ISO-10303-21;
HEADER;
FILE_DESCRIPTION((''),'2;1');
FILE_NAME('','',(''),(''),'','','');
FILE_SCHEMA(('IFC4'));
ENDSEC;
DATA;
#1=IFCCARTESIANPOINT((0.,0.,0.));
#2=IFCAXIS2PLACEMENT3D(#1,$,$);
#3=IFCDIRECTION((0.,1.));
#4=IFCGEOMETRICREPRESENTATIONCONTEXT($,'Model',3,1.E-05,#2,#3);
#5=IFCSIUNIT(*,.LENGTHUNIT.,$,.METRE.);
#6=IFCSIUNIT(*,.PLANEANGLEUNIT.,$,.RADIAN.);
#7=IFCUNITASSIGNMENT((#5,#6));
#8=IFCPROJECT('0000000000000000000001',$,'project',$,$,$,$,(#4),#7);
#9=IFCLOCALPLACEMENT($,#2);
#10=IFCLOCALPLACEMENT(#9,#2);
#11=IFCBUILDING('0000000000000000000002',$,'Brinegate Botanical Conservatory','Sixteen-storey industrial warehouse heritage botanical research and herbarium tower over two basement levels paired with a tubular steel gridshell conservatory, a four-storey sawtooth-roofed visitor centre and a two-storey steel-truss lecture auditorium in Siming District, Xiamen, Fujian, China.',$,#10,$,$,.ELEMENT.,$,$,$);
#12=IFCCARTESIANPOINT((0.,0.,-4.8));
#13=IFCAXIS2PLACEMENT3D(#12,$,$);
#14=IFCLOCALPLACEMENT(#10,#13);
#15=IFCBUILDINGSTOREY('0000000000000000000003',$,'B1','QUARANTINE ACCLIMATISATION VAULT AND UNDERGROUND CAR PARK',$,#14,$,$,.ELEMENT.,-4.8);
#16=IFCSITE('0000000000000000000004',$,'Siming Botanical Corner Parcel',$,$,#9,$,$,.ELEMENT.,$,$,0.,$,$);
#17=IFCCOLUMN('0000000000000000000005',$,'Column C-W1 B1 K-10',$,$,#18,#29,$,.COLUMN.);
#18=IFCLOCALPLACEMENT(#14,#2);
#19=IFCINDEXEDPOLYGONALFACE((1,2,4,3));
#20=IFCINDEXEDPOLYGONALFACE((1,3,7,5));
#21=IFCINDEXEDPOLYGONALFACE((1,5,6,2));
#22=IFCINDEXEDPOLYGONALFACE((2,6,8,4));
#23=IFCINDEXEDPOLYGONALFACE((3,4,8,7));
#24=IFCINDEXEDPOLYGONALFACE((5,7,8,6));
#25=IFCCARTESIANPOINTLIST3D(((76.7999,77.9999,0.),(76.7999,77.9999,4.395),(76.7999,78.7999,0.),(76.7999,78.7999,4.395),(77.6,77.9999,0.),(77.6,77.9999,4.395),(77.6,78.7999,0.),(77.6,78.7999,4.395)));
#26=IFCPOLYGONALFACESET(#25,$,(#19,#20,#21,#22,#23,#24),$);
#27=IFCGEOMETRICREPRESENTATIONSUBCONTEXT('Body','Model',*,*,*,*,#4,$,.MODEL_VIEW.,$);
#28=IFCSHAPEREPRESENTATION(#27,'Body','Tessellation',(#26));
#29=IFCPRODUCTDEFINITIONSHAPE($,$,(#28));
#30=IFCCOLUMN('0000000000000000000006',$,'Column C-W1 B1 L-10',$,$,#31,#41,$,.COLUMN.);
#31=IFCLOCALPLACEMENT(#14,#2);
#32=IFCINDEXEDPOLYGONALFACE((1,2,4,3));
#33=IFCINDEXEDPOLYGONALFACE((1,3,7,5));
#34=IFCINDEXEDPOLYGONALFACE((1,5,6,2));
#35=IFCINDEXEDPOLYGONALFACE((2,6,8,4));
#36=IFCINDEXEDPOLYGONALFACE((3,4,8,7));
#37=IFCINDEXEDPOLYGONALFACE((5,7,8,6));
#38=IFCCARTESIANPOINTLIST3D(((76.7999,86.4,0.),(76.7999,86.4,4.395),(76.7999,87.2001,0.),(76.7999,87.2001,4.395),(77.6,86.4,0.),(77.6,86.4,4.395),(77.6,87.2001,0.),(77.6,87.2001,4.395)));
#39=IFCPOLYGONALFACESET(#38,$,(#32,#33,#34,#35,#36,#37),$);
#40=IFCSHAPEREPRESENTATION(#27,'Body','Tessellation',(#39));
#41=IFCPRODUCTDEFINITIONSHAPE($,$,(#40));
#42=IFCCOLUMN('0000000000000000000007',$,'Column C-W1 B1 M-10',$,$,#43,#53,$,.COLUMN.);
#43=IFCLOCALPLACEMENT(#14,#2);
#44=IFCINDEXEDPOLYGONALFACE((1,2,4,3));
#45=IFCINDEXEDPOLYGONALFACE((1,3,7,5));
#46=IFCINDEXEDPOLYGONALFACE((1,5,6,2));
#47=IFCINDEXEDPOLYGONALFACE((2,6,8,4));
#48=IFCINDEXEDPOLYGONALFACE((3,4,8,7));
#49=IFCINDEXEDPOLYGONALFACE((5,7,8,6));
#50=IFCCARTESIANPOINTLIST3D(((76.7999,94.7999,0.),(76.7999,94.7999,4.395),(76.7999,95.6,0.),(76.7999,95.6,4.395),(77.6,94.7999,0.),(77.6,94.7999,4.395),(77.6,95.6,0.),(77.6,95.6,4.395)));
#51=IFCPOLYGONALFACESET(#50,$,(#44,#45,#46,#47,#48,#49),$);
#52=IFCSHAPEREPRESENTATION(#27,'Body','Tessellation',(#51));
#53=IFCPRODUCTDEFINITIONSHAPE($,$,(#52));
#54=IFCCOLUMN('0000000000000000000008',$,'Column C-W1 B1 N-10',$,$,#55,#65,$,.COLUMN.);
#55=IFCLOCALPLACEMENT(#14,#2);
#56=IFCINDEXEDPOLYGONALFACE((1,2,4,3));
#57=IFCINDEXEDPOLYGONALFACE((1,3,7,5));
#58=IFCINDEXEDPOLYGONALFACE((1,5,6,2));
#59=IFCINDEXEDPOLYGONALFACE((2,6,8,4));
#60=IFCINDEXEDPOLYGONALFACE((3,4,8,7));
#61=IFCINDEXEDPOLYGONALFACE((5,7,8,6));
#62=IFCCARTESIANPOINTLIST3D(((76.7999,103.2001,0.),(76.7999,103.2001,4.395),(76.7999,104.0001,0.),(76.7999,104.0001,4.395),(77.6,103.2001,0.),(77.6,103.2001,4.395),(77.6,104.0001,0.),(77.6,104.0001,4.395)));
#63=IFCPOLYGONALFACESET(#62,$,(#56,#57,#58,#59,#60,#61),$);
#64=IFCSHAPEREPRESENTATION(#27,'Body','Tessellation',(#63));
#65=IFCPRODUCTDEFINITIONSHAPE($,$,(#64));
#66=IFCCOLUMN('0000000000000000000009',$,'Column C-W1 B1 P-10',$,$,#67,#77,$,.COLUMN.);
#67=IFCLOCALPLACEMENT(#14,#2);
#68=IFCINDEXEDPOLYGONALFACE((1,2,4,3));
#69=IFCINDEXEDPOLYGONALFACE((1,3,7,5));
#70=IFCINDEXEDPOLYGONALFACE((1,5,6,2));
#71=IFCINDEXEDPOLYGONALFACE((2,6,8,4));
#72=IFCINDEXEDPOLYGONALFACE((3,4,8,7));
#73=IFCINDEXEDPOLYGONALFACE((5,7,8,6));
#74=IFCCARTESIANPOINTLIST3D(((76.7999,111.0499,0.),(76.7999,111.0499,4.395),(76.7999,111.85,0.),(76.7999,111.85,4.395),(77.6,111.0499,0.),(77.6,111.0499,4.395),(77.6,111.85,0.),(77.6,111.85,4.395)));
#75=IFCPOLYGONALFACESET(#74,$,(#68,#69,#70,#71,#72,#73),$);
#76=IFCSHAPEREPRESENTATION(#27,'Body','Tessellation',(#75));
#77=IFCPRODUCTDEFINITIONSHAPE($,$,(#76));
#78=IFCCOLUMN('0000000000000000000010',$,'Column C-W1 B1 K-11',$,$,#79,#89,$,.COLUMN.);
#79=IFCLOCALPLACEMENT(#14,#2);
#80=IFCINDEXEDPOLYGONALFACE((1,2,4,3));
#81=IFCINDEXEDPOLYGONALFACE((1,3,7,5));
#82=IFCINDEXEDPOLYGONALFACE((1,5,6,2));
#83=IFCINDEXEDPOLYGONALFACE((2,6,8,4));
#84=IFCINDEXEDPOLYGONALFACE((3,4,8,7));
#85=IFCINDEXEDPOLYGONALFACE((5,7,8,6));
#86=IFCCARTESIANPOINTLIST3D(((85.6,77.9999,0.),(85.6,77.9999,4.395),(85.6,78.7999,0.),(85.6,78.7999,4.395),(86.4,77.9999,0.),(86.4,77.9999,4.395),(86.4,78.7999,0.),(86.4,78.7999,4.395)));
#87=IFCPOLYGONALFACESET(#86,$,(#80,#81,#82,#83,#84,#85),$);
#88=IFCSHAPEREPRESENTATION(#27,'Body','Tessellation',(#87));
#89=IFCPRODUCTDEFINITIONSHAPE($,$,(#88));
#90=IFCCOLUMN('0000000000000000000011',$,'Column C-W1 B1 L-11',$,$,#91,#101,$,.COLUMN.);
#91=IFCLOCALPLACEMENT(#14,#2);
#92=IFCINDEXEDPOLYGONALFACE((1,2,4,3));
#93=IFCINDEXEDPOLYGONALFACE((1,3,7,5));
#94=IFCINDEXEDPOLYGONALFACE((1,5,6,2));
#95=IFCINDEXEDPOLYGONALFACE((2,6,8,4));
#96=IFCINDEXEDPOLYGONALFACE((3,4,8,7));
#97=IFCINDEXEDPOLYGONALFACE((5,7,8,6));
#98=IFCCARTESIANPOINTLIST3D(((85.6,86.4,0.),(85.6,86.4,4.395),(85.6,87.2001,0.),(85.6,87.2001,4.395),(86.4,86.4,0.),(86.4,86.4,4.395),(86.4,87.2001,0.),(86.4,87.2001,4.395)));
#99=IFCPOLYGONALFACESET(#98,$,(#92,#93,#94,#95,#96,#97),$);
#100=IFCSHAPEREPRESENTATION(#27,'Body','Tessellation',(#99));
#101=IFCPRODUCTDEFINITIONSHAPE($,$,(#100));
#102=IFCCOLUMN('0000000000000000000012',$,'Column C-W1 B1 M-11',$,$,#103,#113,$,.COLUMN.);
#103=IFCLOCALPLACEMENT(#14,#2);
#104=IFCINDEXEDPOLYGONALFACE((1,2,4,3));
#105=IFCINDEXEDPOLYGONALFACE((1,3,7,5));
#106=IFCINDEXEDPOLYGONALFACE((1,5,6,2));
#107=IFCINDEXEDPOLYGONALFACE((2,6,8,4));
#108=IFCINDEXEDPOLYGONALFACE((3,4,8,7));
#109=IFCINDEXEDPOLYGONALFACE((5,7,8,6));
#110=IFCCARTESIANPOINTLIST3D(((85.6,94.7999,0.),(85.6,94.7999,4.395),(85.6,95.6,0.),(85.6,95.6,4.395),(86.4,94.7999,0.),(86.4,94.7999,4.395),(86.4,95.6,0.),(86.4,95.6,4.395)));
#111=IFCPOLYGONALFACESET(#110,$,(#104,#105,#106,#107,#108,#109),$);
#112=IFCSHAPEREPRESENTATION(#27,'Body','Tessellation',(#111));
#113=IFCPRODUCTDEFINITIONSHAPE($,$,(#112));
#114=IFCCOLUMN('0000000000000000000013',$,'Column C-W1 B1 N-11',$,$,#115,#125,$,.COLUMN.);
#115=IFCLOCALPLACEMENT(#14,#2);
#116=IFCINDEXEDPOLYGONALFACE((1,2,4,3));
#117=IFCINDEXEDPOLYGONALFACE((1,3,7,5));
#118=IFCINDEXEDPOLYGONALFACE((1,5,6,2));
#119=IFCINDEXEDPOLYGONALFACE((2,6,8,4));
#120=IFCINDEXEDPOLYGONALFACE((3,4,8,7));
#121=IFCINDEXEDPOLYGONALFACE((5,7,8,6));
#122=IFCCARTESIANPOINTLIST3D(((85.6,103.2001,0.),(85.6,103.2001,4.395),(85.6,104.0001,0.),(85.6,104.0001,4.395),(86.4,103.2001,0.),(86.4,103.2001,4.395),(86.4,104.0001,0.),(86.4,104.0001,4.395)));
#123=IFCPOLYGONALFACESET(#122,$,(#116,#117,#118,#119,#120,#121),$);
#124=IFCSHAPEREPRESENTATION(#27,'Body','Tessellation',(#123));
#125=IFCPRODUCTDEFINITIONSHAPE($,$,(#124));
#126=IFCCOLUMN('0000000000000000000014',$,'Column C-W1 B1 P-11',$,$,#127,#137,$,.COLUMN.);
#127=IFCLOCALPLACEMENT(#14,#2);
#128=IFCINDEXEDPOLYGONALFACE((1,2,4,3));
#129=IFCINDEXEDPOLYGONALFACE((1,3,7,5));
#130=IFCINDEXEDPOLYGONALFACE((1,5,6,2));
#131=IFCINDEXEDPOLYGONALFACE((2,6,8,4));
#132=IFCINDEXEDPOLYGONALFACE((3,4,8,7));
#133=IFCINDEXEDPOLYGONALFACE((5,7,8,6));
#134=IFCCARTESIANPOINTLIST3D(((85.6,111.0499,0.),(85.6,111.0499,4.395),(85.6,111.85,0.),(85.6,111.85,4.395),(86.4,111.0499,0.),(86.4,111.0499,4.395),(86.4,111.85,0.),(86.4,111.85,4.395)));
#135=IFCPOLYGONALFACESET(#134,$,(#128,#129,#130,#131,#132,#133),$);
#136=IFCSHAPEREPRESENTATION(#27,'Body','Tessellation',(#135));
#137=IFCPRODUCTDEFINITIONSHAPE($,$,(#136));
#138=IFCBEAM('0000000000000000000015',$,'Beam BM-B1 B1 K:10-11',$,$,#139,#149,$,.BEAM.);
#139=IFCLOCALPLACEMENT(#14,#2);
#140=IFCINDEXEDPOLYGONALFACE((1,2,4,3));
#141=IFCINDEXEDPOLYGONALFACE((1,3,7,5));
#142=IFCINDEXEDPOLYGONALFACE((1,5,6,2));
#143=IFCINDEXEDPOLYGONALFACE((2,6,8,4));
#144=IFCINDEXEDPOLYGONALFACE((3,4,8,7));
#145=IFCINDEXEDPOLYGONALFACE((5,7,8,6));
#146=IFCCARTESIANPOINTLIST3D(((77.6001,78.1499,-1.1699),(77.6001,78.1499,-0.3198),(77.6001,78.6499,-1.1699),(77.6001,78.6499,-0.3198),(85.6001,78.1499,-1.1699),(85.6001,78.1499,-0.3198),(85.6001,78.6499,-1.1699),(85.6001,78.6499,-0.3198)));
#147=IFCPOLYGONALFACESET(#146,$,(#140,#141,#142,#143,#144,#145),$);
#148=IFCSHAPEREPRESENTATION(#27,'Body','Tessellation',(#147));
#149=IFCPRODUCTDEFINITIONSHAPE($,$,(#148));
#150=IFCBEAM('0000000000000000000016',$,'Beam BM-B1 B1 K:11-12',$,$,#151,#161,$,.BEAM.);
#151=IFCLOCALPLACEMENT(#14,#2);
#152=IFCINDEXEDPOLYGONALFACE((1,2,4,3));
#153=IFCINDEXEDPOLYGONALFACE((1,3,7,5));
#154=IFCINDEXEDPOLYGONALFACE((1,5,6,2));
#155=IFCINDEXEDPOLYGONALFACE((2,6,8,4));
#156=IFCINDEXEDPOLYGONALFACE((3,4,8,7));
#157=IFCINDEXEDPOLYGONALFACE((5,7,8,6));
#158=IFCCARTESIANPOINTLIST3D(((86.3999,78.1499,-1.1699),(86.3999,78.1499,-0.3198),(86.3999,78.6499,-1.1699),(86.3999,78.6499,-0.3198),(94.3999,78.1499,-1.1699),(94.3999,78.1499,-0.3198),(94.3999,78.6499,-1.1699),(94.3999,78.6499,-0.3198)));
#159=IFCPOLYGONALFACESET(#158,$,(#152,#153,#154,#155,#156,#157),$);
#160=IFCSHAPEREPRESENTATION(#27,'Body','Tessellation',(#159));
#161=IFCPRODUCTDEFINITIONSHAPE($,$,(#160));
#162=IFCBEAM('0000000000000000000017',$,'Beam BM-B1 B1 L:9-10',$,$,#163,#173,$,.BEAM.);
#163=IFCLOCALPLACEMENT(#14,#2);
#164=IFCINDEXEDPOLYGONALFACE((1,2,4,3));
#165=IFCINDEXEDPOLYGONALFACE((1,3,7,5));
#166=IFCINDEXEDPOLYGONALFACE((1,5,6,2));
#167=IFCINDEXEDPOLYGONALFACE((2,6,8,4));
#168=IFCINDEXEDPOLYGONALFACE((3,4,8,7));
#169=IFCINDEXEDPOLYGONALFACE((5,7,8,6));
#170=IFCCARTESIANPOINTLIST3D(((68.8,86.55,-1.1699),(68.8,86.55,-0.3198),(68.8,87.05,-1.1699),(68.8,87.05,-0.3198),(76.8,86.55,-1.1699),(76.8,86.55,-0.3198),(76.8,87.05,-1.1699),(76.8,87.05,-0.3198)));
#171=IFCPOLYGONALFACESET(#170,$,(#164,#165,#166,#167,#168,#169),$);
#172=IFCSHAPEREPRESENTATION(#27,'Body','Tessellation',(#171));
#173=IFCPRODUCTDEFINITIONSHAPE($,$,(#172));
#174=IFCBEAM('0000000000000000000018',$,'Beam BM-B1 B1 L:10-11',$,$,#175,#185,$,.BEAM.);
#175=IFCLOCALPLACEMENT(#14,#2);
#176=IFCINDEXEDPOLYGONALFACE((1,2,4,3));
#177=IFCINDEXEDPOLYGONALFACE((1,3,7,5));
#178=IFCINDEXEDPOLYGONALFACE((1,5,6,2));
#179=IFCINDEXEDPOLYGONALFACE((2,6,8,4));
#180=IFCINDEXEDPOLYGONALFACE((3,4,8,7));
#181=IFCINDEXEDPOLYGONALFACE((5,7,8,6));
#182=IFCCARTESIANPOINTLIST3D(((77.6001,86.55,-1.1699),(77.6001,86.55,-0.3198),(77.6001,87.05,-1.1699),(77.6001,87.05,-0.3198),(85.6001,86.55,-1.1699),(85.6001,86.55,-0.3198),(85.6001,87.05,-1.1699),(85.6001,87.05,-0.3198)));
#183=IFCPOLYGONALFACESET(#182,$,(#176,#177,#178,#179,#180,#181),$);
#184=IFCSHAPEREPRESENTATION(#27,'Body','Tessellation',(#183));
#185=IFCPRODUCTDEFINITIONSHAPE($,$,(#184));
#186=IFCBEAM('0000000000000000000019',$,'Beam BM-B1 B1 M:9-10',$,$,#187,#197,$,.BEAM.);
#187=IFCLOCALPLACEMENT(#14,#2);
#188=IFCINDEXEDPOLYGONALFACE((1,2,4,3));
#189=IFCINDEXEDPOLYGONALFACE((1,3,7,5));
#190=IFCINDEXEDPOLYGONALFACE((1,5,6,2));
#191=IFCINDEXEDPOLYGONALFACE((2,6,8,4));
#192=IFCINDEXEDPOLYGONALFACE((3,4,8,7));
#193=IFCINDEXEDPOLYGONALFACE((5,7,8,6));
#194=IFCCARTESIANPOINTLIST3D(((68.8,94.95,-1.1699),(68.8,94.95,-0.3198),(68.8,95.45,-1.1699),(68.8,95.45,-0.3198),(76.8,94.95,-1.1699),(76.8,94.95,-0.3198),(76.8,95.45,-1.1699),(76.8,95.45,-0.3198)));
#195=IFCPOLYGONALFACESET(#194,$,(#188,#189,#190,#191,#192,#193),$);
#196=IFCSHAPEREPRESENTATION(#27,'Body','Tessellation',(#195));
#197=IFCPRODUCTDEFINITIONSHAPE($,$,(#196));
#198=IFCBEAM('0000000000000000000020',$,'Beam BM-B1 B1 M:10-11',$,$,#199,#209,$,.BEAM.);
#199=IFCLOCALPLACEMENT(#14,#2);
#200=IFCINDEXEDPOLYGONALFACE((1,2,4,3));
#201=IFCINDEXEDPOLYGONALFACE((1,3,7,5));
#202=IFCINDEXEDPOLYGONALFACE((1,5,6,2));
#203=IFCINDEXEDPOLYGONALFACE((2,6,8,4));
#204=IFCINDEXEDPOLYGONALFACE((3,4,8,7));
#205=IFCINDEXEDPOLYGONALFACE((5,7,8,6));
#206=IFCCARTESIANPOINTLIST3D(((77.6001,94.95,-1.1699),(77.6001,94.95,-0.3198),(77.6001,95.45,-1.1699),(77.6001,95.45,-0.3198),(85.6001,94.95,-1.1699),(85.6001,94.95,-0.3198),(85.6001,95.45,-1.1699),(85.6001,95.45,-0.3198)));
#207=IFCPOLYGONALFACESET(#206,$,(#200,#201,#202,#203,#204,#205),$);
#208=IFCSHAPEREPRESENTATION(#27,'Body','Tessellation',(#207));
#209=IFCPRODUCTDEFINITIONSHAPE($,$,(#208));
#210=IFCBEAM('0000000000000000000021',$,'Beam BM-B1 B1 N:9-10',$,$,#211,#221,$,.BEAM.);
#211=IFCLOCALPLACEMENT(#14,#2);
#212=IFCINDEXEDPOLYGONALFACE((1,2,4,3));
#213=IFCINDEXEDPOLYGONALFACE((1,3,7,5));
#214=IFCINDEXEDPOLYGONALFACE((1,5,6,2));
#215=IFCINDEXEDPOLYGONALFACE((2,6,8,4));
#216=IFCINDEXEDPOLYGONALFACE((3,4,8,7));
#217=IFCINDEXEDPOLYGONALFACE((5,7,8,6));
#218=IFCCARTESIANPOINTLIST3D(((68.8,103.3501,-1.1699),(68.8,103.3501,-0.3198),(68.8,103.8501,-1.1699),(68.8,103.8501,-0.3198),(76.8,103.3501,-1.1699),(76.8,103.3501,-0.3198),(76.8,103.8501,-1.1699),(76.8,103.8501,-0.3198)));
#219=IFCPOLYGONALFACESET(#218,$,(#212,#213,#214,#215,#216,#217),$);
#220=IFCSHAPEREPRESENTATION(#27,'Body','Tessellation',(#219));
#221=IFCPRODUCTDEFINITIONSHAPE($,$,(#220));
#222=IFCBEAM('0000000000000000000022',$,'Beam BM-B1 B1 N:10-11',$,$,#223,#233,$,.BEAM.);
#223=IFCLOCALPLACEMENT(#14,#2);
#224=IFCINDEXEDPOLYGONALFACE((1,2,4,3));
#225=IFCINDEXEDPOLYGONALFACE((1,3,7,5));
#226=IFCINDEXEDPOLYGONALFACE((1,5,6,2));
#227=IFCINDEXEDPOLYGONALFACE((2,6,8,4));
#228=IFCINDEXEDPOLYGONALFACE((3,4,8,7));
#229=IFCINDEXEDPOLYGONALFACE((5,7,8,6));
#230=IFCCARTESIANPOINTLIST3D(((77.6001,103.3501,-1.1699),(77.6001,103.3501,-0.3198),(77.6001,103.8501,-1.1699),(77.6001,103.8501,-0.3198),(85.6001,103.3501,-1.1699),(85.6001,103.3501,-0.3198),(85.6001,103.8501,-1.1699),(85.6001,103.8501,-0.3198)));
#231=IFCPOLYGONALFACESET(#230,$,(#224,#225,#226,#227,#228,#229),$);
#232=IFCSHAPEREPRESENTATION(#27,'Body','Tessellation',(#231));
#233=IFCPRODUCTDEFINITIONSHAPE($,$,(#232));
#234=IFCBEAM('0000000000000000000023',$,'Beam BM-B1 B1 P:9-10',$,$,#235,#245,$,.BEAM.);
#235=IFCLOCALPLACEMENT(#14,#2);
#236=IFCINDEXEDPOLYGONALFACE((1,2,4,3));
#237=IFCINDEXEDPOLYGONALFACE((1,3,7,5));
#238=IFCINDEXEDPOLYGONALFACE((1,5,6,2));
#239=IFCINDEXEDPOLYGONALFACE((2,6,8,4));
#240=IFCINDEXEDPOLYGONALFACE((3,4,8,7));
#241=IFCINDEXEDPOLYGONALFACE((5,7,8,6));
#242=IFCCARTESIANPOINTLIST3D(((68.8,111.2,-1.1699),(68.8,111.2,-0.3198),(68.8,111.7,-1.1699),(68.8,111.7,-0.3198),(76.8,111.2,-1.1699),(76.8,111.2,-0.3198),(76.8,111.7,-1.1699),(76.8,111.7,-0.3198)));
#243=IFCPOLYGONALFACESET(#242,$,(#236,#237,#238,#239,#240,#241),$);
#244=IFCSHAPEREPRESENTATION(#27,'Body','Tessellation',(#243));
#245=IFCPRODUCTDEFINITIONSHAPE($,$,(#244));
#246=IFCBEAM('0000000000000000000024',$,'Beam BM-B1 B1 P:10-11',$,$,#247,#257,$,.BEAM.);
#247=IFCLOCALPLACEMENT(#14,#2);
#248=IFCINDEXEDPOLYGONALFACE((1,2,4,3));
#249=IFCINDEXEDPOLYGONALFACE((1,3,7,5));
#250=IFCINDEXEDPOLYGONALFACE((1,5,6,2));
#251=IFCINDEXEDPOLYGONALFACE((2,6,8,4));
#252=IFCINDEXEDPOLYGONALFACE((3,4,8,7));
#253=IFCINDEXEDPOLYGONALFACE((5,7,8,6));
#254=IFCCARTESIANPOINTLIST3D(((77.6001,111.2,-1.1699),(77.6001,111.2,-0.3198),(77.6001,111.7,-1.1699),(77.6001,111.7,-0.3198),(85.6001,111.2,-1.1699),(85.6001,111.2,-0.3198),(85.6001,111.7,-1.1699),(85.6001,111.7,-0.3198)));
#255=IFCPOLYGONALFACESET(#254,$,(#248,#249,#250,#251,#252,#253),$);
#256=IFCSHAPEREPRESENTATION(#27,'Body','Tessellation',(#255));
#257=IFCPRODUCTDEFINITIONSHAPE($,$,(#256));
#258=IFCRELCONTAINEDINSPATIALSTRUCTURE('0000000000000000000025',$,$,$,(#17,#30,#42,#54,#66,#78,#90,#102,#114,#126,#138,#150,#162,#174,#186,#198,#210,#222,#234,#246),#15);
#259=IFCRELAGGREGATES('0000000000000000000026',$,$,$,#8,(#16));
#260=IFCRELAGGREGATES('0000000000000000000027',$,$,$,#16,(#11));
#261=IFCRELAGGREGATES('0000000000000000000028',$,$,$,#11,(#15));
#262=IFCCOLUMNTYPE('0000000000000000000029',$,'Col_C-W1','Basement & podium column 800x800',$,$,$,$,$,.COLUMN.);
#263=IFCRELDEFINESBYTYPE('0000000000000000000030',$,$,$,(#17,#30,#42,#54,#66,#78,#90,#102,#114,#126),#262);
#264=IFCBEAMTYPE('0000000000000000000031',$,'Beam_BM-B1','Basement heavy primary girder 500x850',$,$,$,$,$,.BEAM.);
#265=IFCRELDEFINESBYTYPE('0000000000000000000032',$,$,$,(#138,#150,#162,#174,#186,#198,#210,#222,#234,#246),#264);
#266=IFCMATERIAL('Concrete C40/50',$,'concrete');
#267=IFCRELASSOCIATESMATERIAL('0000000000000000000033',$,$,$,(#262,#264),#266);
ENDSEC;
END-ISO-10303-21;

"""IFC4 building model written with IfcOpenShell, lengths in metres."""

from ifc_helpers import new_model, si_unit, direction, frame, origin, origin_2d, place, context, subcontext, project, spatial, rectangle, extrude, material, material_profile, profile_set, type_object, element, save


model = new_model("IFC4")

# Units and contexts
model_context = context("Model", 3, precision=1e-05, world=origin(), true_north=direction((0.0, 1.0)))
body_context = subcontext(model_context, "Body", "Model", "MODEL_VIEW")
ifc_project = project(units=[si_unit("LENGTHUNIT", "METRE"), si_unit("PLANEANGLEUNIT", "RADIAN")], contexts=[model_context])

# Site, building, storey
site_placement = place(None, origin())
site = spatial("IfcSite", under=ifc_project, at=site_placement, Name="Siming Botanical Corner Parcel", CompositionType="ELEMENT", RefElevation=0.0)
building_placement = place(site_placement, origin())
building = spatial("IfcBuilding", under=site, at=building_placement, Name="Brinegate Botanical Conservatory", Description="Sixteen-storey industrial warehouse heritage botanical research and herbarium tower over two basement levels paired with a tubular steel gridshell conservatory, a four-storey sawtooth-roofed visitor centre and a two-storey steel-truss lecture auditorium in Siming District, Xiamen, Fujian, China.", CompositionType="ELEMENT")
storey_placement = place(building_placement, frame((0.0, 0.0, -4.8)))
storey = spatial("IfcBuildingStorey", under=building, at=storey_placement, Name="B1", Description="QUARANTINE ACCLIMATISATION VAULT AND UNDERGROUND CAR PARK", CompositionType="ELEMENT", Elevation=-4.8)

# Columns
ifc_material = material(Name="Concrete C40/50", Category="concrete")
ifc_material_profile_1 = material_profile(ifc_material, rectangle(XDim=0.8, YDim=0.8, at=origin_2d()), Name="RC COL 800x800")
ifc_profile_set_1 = profile_set([ifc_material_profile_1], Name="Concrete C40/50")
column_type = type_object("IfcColumnType", Name="Col_C-W1", Description="Basement & podium column 800x800", PredefinedType="COLUMN", material=ifc_profile_set_1)
for number, where, z_axis, x_axis, name in (
    (1, (77.2, 78.3999, 0.0), (0.0, 0.0, 1.0), (1.0, 0.0, 0.0), "Column C-W1 B1 K-10"),
    (2, (77.2, 86.8, 0.0), (0.0, 0.0, 1.0), (1.0, 0.0, 0.0), "Column C-W1 B1 L-10"),
    (3, (77.2, 95.2, 0.0), (0.0, 0.0, 1.0), (1.0, 0.0, 0.0), "Column C-W1 B1 M-10"),
    (4, (77.2, 103.6001, 0.0), (0.0, 0.0, 1.0), (1.0, 0.0, 0.0), "Column C-W1 B1 N-10"),
    (5, (77.2, 111.45, 0.0), (0.0, 0.0, 1.0), (1.0, 0.0, 0.0), "Column C-W1 B1 P-10"),
    (6, (86.0, 78.3999, 0.0), (0.0, 0.0, 1.0), (1.0, 0.0, 0.0), "Column C-W1 B1 K-11"),
    (7, (86.0, 86.8, 0.0), (0.0, 0.0, 1.0), (1.0, 0.0, 0.0), "Column C-W1 B1 L-11"),
    (8, (86.0, 95.2, 0.0), (0.0, 0.0, 1.0), (1.0, 0.0, 0.0), "Column C-W1 B1 M-11"),
    (9, (86.0, 103.6001, 0.0), (0.0, 0.0, 1.0), (1.0, 0.0, 0.0), "Column C-W1 B1 N-11"),
    (10, (86.0, 111.45, 0.0), (0.0, 0.0, 1.0), (1.0, 0.0, 0.0), "Column C-W1 B1 P-11"),
):
    element("IfcColumn", number, at=place(storey_placement, frame(where, z_axis=z_axis, x_axis=x_axis)), inside=storey, type_object=column_type, Name=name, PredefinedType="COLUMN", context=body_context, shape_type="SweptSolid", body=[
        extrude(rectangle(XDim=0.8, YDim=0.8, at=origin_2d()), origin(), (0.0, 0.0, 1.0), 4.395),
    ])

# Beams
ifc_material_profile_2 = material_profile(ifc_material, rectangle(XDim=0.5, YDim=0.8501, at=origin_2d()), Name="RC BM 500x850")
ifc_profile_set_2 = profile_set([ifc_material_profile_2], Name="Concrete C40/50")
beam_type_1 = type_object("IfcBeamType", Name="Beam_BM-B1", Description="Basement heavy primary girder 500x850", PredefinedType="BEAM", material=ifc_profile_set_2)
for number, where, z_axis, x_axis, name in (
    (11, (77.6001, 78.3999, -0.7449), (1.0, 0.0, 0.0), (0.0, 1.0, 0.0), "Beam BM-B1 B1 K:10-11"),
    (12, (86.3999, 78.3999, -0.7449), (1.0, 0.0, 0.0), (0.0, 1.0, 0.0), "Beam BM-B1 B1 K:11-12"),
    (13, (68.8, 86.8, -0.7449), (1.0, 0.0, 0.0), (0.0, 1.0, 0.0), "Beam BM-B1 B1 L:9-10"),
    (14, (77.6001, 86.8, -0.7449), (1.0, 0.0, 0.0), (0.0, 1.0, 0.0), "Beam BM-B1 B1 L:10-11"),
    (15, (68.8, 95.2, -0.7449), (1.0, 0.0, 0.0), (0.0, 1.0, 0.0), "Beam BM-B1 B1 M:9-10"),
    (16, (77.6001, 95.2, -0.7449), (1.0, 0.0, 0.0), (0.0, 1.0, 0.0), "Beam BM-B1 B1 M:10-11"),
    (17, (68.8, 103.6001, -0.7449), (1.0, 0.0, 0.0), (0.0, 1.0, 0.0), "Beam BM-B1 B1 N:9-10"),
    (18, (77.6001, 103.6001, -0.7449), (1.0, 0.0, 0.0), (0.0, 1.0, 0.0), "Beam BM-B1 B1 N:10-11"),
    (19, (68.8, 111.45, -0.7449), (1.0, 0.0, 0.0), (0.0, 1.0, 0.0), "Beam BM-B1 B1 P:9-10"),
    (20, (77.6001, 111.45, -0.7449), (1.0, 0.0, 0.0), (0.0, 1.0, 0.0), "Beam BM-B1 B1 P:10-11"),
):
    element("IfcBeam", number, at=place(storey_placement, frame(where, z_axis=z_axis, x_axis=x_axis)), inside=storey, type_object=beam_type_1, Name=name, PredefinedType="BEAM", context=body_context, shape_type="SweptSolid", body=[
        extrude(rectangle(XDim=0.5, YDim=0.8501, at=origin_2d()), origin(), (0.0, 0.0, 1.0), 8.0),
    ])

save(model, "model.ifc")
